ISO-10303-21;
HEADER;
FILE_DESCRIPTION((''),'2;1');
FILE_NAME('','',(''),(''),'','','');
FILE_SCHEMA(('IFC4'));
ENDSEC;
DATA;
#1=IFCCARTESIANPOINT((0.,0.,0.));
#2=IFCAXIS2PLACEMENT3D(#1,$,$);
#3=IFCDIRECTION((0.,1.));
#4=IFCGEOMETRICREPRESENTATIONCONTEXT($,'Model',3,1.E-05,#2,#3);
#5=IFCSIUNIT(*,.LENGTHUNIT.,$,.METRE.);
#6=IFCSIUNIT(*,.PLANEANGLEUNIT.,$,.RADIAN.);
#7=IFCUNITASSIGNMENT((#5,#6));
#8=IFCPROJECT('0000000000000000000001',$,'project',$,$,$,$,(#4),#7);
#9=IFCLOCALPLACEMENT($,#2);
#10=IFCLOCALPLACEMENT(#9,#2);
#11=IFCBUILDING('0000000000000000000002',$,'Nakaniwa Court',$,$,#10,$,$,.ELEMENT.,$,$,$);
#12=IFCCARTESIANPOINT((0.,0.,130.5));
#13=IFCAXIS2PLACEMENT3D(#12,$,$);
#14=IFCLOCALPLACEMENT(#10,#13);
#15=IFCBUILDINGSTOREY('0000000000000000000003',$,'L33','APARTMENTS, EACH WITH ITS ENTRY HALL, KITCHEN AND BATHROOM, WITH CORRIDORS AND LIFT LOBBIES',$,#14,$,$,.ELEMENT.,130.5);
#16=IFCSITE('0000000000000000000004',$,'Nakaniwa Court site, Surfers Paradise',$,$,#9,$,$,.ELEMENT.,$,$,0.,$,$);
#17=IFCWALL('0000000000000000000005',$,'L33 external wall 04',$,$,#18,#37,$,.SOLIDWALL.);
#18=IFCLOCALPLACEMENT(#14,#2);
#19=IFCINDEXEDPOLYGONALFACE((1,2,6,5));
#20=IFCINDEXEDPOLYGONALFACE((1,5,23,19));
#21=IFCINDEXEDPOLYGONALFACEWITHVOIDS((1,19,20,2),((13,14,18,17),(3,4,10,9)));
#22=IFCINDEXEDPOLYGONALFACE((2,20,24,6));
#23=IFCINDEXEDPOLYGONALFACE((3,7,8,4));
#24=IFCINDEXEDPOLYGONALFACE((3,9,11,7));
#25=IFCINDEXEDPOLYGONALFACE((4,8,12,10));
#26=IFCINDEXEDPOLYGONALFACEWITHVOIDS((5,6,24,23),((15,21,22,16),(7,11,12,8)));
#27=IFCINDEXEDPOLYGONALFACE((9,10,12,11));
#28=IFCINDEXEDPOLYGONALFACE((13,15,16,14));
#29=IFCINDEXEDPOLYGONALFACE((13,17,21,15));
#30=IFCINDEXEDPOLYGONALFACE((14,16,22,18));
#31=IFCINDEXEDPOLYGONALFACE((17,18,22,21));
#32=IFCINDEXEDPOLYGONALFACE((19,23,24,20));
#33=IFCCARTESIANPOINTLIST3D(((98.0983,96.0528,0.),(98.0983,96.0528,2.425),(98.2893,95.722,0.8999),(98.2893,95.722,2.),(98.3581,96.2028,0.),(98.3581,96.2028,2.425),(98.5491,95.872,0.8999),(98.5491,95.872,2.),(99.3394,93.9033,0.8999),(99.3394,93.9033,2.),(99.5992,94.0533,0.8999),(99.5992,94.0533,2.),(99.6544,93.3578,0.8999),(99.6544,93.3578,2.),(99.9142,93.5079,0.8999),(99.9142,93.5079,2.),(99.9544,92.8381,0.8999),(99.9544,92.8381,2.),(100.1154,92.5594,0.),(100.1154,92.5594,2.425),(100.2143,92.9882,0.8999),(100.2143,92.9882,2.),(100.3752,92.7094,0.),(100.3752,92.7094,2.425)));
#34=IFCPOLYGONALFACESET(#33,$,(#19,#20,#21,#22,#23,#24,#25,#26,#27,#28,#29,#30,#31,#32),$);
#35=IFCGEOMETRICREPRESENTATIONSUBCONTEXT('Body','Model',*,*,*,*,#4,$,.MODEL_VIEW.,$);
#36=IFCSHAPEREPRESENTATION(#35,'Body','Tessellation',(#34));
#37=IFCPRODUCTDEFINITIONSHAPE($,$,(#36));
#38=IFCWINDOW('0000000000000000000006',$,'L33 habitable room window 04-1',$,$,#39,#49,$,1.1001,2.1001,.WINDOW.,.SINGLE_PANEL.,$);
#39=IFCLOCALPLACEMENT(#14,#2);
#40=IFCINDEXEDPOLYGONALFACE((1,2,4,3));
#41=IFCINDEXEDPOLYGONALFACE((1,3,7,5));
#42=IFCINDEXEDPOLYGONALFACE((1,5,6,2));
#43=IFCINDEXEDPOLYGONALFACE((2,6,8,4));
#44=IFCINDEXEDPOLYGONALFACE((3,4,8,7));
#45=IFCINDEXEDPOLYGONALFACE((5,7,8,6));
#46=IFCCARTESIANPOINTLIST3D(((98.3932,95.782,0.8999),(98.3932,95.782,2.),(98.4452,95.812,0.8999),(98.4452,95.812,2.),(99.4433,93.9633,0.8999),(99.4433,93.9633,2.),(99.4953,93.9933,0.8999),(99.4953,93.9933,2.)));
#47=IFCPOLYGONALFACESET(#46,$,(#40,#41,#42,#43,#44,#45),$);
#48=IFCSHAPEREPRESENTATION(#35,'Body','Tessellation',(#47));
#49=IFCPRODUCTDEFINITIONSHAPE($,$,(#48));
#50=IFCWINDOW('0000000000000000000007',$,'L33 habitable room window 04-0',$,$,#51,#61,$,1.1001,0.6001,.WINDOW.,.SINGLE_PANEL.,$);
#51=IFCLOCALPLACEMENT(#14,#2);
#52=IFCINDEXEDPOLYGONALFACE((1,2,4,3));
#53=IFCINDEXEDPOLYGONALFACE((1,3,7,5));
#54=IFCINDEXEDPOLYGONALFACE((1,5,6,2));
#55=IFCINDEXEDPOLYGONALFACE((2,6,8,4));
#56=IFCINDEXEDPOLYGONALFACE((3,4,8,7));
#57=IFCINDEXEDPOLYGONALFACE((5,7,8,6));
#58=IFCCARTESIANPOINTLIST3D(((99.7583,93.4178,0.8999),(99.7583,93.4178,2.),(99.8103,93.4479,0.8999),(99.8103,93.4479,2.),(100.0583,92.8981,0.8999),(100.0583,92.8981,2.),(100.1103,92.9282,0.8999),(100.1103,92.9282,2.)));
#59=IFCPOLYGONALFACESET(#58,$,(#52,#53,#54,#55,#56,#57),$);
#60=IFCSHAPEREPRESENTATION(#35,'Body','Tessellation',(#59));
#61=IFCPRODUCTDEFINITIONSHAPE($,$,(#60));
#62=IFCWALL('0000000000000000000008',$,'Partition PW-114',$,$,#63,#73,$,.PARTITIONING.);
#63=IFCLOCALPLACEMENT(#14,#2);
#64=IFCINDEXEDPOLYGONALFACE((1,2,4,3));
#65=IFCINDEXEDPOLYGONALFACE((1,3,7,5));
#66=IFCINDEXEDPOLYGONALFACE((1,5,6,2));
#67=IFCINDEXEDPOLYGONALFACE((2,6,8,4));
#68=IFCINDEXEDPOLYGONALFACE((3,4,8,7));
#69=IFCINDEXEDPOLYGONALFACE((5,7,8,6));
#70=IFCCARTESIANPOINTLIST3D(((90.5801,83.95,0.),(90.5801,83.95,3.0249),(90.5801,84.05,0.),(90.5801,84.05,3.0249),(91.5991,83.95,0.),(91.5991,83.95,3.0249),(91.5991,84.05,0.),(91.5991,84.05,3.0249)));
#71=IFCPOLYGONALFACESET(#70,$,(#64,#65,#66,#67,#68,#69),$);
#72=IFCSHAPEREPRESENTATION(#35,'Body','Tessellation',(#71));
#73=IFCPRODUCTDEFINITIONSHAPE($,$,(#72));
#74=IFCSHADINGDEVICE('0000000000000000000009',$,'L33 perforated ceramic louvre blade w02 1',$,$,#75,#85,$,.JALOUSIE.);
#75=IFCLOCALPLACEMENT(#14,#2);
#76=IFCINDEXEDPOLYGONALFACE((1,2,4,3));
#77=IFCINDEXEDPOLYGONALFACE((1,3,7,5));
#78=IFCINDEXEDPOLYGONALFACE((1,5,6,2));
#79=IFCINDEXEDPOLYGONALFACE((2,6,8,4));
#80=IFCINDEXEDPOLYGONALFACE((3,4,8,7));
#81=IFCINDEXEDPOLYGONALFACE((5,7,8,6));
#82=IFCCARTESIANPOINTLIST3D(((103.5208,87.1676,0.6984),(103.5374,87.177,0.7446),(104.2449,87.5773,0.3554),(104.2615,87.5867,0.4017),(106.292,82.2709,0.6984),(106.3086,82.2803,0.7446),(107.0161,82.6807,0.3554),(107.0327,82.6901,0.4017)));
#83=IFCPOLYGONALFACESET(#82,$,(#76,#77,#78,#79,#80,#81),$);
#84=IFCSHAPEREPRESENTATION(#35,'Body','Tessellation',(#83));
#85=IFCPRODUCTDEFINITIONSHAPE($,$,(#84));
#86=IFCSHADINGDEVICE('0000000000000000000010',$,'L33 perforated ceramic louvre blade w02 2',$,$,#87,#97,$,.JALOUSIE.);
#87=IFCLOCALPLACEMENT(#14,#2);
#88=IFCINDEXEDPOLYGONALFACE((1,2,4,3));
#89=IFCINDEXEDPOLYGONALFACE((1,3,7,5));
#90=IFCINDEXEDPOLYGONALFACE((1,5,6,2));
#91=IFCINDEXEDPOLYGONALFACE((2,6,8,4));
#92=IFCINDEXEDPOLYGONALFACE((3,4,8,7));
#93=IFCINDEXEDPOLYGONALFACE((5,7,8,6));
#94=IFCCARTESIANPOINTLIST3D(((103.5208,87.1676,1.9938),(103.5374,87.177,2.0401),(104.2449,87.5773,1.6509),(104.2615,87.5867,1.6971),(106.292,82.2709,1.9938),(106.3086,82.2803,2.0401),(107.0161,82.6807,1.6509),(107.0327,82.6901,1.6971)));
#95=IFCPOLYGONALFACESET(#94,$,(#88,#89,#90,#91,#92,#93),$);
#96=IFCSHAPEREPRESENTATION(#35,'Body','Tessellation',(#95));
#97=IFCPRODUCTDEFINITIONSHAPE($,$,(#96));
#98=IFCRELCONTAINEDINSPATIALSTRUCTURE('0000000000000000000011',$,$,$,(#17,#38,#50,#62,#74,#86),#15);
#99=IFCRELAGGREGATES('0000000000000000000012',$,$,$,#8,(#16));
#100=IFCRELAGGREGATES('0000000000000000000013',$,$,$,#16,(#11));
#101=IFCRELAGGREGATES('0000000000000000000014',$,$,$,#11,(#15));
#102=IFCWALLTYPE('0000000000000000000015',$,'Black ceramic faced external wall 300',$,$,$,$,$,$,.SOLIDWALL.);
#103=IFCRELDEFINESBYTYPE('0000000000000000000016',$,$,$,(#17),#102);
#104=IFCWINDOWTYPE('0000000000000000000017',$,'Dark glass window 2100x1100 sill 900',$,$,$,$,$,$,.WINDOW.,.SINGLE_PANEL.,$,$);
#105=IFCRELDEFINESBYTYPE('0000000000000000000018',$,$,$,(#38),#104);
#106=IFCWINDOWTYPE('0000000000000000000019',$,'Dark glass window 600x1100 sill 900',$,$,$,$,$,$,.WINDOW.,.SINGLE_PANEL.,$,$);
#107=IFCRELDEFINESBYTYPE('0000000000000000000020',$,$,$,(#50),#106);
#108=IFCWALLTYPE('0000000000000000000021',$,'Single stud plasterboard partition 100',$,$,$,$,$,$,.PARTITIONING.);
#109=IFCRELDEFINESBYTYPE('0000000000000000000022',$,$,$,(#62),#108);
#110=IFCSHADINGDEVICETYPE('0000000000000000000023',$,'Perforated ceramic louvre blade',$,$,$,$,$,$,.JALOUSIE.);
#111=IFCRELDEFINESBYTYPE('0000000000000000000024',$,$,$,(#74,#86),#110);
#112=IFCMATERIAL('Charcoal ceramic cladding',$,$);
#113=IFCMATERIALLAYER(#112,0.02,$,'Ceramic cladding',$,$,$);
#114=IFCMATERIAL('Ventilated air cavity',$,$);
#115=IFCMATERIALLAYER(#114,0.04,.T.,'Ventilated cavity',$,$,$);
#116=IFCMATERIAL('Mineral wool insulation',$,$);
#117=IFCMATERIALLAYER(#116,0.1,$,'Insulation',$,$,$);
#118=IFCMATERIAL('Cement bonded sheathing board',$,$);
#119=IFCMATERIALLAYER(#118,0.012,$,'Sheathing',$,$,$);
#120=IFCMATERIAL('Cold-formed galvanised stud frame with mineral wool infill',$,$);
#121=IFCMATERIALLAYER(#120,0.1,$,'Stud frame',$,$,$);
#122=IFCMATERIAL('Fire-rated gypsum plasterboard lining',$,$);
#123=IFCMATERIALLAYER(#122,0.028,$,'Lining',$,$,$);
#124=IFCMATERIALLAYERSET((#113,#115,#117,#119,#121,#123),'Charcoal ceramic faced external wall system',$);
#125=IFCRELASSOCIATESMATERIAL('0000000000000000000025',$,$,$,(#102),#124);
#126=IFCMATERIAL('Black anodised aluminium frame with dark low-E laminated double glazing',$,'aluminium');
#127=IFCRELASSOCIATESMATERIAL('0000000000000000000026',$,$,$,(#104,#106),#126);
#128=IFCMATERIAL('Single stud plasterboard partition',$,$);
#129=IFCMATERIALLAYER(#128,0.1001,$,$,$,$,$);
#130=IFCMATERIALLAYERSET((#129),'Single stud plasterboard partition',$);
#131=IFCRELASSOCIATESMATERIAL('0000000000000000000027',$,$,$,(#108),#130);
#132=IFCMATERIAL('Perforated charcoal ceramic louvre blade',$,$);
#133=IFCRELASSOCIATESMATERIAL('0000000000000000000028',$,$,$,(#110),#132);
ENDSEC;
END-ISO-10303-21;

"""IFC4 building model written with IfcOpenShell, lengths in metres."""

from ifc_helpers import new_model, si_unit, direction, frame, frame_2d, origin, origin_2d, place, context, subcontext, project, spatial, rectangle, extrude, material, layer, layer_set, material_profile, profile_set, type_object, element, fill, save


model = new_model("IFC4")

# Units and contexts
model_context = context("Model", 3, precision=1e-05, world=origin(), true_north=direction((0.0, 1.0)))
body_context = subcontext(model_context, "Body", "Model", "MODEL_VIEW")
ifc_project = project(units=[si_unit("LENGTHUNIT", "METRE"), si_unit("PLANEANGLEUNIT", "RADIAN")], contexts=[model_context])

# Site, building, storey
site_placement = place(None, origin())
site = spatial("IfcSite", under=ifc_project, at=site_placement, Name="Nakaniwa Court site, Surfers Paradise", CompositionType="ELEMENT", RefElevation=0.0)
building_placement = place(site_placement, origin())
building = spatial("IfcBuilding", under=site, at=building_placement, Name="Nakaniwa Court", CompositionType="ELEMENT")
storey_placement = place(building_placement, frame((0.0, 0.0, 130.5)))
storey = spatial("IfcBuildingStorey", under=building, at=storey_placement, Name="L33", Description="APARTMENTS, EACH WITH ITS ENTRY HALL, KITCHEN AND BATHROOM, WITH CORRIDORS AND LIFT LOBBIES", CompositionType="ELEMENT", Elevation=130.5)

# Shared definitions
ifc_material_1 = material(Name="Charcoal ceramic cladding")
ifc_layer_1 = layer(ifc_material_1, 0.02, Name="Ceramic cladding")
ifc_material_2 = material(Name="Ventilated air cavity")
ifc_layer_2 = layer(ifc_material_2, 0.04, ventilated=True, Name="Ventilated cavity")
ifc_material_3 = material(Name="Mineral wool insulation")
ifc_layer_3 = layer(ifc_material_3, 0.1, Name="Insulation")
ifc_material_4 = material(Name="Cement bonded sheathing board")
ifc_layer_4 = layer(ifc_material_4, 0.012, Name="Sheathing")
ifc_material_5 = material(Name="Cold-formed galvanised stud frame with mineral wool infill")
ifc_layer_5 = layer(ifc_material_5, 0.1, Name="Stud frame")
ifc_material_6 = material(Name="Fire-rated gypsum plasterboard lining")
ifc_layer_6 = layer(ifc_material_6, 0.028, Name="Lining")
ifc_layer_set_1 = layer_set([ifc_layer_1, ifc_layer_2, ifc_layer_3, ifc_layer_4, ifc_layer_5, ifc_layer_6], Name="Charcoal ceramic faced external wall system")
wall_type_1 = type_object("IfcWallType", Name="Black ceramic faced external wall 300", PredefinedType="SOLIDWALL", material=ifc_layer_set_1)
ifc_material_7 = material(Name="Black anodised aluminium frame with dark low-E laminated double glazing", Category="aluminium")
window_type_1 = type_object("IfcWindowType", Name="Dark glass window 2100x1100 sill 900", PartitioningType="SINGLE_PANEL", PredefinedType="WINDOW", material=ifc_material_7)

# Wall, openings, windows
wall_1_placement = place(storey_placement, frame((100.2454, 92.6343, 0.0), z_axis=(0.0, 0.0, 1.0), x_axis=(-0.500032, 0.866007, 0.0)))
wall_1 = element("IfcWall", 1, at=wall_1_placement, inside=storey, type_object=wall_type_1, Name="L33 external wall 04", PredefinedType="SOLIDWALL", context=body_context, shape_type="SweptSolid", body=[
    extrude(rectangle(XDim=4.0339, YDim=0.3, at=frame_2d((2.0171, 0.0))), origin(), (0.0, 0.0, 1.0), 2.425),
])
opening_1_placement = place(wall_1_placement, frame((0.322, 0.0, 0.8999)))
opening_1 = element("IfcOpeningElement", 2, at=opening_1_placement, cuts=wall_1, PredefinedType="OPENING", context=body_context, shape_type="SweptSolid", body=[
    extrude(rectangle(XDim=0.6001, YDim=1.1001, at=frame_2d((0.3, 0.55))), frame((0.0, 0.1599, 0.0), z_axis=(0.0, -1.0, 0.0), x_axis=(1.0, 0.0, 0.0)), (0.0, 0.0, 1.0), 0.3201),
])
opening_2_placement = place(wall_1_placement, frame((1.552, 0.0, 0.8999)))
opening_2 = element("IfcOpeningElement", 3, at=opening_2_placement, cuts=wall_1, PredefinedType="OPENING", context=body_context, shape_type="SweptSolid", body=[
    extrude(rectangle(XDim=2.1001, YDim=1.1001, at=frame_2d((1.05, 0.55))), frame((0.0, 0.1599, 0.0), z_axis=(0.0, -1.0, 0.0), x_axis=(1.0, 0.0, 0.0)), (0.0, 0.0, 1.0), 0.3201),
])
window_1_placement = place(opening_2_placement, origin())
window_1 = element("IfcWindow", 4, at=window_1_placement, inside=storey, type_object=window_type_1, Name="L33 habitable room window 04-1", OverallHeight=1.1001, OverallWidth=2.1001, PartitioningType="SINGLE_PANEL", PredefinedType="WINDOW", context=body_context, shape_type="SweptSolid", body=[
    extrude(rectangle(XDim=2.1001, YDim=1.1001, at=frame_2d((1.05, 0.55))), frame((0.0, 0.03, 0.0), z_axis=(0.0, -1.0, 0.0), x_axis=(1.0, 0.0, 0.0)), (0.0, 0.0, 1.0), 0.0601),
])
fill(opening_2, window_1)
window_type_2 = type_object("IfcWindowType", Name="Dark glass window 600x1100 sill 900", PartitioningType="SINGLE_PANEL", PredefinedType="WINDOW", material=ifc_material_7)
window_2_placement = place(opening_1_placement, origin())
window_2 = element("IfcWindow", 5, at=window_2_placement, inside=storey, type_object=window_type_2, Name="L33 habitable room window 04-0", OverallHeight=1.1001, OverallWidth=0.6001, PartitioningType="SINGLE_PANEL", PredefinedType="WINDOW", context=body_context, shape_type="SweptSolid", body=[
    extrude(rectangle(XDim=0.6001, YDim=1.1001, at=frame_2d((0.3, 0.55))), frame((0.0, 0.03, 0.0), z_axis=(0.0, -1.0, 0.0), x_axis=(1.0, 0.0, 0.0)), (0.0, 0.0, 1.0), 0.0601),
])
fill(opening_1, window_2)

# Wall
ifc_material_8 = material(Name="Single stud plasterboard partition")
ifc_layer_7 = layer(ifc_material_8, 0.1001)
ifc_layer_set_2 = layer_set([ifc_layer_7], Name="Single stud plasterboard partition")
wall_type_2 = type_object("IfcWallType", Name="Single stud plasterboard partition 100", PredefinedType="PARTITIONING", material=ifc_layer_set_2)
wall_2_placement = place(storey_placement, frame((90.5801, 84.0, 0.0), z_axis=(0.0, 0.0, 1.0), x_axis=(1.0, 0.0, 0.0)))
element("IfcWall", 6, at=wall_2_placement, inside=storey, type_object=wall_type_2, Name="Partition PW-114", PredefinedType="PARTITIONING", context=body_context, shape_type="SweptSolid", body=[
    extrude(rectangle(XDim=1.019, YDim=0.1001, at=frame_2d((0.5095, 0.0))), origin(), (0.0, 0.0, 1.0), 3.0249),
])

# Shading devices
ifc_material_9 = material(Name="Perforated charcoal ceramic louvre blade")
ifc_material_profile_1 = material_profile(ifc_material_9, rectangle(XDim=0.8999, YDim=0.05, at=origin_2d()), Name="Perforated ceramic louvre blade")
ifc_profile_set_1 = profile_set([ifc_material_profile_1], Name="Perforated charcoal ceramic louvre blade")
shading_device_type = type_object("IfcShadingDeviceType", Name="Perforated ceramic louvre blade", PredefinedType="JALOUSIE", material=ifc_profile_set_1)
for number, where, z_axis, x_axis, name in (
    (7, (106.6624, 82.4805, 0.55), (-0.492532, 0.870294, 0.0), (-0.804627, -0.455368, 0.38107), "L33 perforated ceramic louvre blade w02 1"),
    (8, (106.6624, 82.4805, 1.8455), (-0.492532, 0.870294, 0.0), (-0.804627, -0.455368, 0.38107), "L33 perforated ceramic louvre blade w02 2"),
):
    element("IfcShadingDevice", number, at=place(storey_placement, frame(where, z_axis=z_axis, x_axis=x_axis)), inside=storey, type_object=shading_device_type, Name=name, PredefinedType="JALOUSIE", context=body_context, shape_type="SweptSolid", body=[
        extrude(rectangle(XDim=0.8999, YDim=0.05, at=origin_2d()), origin(), (0.0, 0.0, 1.0), 5.6265),
    ])

save(model, "model.ifc")
